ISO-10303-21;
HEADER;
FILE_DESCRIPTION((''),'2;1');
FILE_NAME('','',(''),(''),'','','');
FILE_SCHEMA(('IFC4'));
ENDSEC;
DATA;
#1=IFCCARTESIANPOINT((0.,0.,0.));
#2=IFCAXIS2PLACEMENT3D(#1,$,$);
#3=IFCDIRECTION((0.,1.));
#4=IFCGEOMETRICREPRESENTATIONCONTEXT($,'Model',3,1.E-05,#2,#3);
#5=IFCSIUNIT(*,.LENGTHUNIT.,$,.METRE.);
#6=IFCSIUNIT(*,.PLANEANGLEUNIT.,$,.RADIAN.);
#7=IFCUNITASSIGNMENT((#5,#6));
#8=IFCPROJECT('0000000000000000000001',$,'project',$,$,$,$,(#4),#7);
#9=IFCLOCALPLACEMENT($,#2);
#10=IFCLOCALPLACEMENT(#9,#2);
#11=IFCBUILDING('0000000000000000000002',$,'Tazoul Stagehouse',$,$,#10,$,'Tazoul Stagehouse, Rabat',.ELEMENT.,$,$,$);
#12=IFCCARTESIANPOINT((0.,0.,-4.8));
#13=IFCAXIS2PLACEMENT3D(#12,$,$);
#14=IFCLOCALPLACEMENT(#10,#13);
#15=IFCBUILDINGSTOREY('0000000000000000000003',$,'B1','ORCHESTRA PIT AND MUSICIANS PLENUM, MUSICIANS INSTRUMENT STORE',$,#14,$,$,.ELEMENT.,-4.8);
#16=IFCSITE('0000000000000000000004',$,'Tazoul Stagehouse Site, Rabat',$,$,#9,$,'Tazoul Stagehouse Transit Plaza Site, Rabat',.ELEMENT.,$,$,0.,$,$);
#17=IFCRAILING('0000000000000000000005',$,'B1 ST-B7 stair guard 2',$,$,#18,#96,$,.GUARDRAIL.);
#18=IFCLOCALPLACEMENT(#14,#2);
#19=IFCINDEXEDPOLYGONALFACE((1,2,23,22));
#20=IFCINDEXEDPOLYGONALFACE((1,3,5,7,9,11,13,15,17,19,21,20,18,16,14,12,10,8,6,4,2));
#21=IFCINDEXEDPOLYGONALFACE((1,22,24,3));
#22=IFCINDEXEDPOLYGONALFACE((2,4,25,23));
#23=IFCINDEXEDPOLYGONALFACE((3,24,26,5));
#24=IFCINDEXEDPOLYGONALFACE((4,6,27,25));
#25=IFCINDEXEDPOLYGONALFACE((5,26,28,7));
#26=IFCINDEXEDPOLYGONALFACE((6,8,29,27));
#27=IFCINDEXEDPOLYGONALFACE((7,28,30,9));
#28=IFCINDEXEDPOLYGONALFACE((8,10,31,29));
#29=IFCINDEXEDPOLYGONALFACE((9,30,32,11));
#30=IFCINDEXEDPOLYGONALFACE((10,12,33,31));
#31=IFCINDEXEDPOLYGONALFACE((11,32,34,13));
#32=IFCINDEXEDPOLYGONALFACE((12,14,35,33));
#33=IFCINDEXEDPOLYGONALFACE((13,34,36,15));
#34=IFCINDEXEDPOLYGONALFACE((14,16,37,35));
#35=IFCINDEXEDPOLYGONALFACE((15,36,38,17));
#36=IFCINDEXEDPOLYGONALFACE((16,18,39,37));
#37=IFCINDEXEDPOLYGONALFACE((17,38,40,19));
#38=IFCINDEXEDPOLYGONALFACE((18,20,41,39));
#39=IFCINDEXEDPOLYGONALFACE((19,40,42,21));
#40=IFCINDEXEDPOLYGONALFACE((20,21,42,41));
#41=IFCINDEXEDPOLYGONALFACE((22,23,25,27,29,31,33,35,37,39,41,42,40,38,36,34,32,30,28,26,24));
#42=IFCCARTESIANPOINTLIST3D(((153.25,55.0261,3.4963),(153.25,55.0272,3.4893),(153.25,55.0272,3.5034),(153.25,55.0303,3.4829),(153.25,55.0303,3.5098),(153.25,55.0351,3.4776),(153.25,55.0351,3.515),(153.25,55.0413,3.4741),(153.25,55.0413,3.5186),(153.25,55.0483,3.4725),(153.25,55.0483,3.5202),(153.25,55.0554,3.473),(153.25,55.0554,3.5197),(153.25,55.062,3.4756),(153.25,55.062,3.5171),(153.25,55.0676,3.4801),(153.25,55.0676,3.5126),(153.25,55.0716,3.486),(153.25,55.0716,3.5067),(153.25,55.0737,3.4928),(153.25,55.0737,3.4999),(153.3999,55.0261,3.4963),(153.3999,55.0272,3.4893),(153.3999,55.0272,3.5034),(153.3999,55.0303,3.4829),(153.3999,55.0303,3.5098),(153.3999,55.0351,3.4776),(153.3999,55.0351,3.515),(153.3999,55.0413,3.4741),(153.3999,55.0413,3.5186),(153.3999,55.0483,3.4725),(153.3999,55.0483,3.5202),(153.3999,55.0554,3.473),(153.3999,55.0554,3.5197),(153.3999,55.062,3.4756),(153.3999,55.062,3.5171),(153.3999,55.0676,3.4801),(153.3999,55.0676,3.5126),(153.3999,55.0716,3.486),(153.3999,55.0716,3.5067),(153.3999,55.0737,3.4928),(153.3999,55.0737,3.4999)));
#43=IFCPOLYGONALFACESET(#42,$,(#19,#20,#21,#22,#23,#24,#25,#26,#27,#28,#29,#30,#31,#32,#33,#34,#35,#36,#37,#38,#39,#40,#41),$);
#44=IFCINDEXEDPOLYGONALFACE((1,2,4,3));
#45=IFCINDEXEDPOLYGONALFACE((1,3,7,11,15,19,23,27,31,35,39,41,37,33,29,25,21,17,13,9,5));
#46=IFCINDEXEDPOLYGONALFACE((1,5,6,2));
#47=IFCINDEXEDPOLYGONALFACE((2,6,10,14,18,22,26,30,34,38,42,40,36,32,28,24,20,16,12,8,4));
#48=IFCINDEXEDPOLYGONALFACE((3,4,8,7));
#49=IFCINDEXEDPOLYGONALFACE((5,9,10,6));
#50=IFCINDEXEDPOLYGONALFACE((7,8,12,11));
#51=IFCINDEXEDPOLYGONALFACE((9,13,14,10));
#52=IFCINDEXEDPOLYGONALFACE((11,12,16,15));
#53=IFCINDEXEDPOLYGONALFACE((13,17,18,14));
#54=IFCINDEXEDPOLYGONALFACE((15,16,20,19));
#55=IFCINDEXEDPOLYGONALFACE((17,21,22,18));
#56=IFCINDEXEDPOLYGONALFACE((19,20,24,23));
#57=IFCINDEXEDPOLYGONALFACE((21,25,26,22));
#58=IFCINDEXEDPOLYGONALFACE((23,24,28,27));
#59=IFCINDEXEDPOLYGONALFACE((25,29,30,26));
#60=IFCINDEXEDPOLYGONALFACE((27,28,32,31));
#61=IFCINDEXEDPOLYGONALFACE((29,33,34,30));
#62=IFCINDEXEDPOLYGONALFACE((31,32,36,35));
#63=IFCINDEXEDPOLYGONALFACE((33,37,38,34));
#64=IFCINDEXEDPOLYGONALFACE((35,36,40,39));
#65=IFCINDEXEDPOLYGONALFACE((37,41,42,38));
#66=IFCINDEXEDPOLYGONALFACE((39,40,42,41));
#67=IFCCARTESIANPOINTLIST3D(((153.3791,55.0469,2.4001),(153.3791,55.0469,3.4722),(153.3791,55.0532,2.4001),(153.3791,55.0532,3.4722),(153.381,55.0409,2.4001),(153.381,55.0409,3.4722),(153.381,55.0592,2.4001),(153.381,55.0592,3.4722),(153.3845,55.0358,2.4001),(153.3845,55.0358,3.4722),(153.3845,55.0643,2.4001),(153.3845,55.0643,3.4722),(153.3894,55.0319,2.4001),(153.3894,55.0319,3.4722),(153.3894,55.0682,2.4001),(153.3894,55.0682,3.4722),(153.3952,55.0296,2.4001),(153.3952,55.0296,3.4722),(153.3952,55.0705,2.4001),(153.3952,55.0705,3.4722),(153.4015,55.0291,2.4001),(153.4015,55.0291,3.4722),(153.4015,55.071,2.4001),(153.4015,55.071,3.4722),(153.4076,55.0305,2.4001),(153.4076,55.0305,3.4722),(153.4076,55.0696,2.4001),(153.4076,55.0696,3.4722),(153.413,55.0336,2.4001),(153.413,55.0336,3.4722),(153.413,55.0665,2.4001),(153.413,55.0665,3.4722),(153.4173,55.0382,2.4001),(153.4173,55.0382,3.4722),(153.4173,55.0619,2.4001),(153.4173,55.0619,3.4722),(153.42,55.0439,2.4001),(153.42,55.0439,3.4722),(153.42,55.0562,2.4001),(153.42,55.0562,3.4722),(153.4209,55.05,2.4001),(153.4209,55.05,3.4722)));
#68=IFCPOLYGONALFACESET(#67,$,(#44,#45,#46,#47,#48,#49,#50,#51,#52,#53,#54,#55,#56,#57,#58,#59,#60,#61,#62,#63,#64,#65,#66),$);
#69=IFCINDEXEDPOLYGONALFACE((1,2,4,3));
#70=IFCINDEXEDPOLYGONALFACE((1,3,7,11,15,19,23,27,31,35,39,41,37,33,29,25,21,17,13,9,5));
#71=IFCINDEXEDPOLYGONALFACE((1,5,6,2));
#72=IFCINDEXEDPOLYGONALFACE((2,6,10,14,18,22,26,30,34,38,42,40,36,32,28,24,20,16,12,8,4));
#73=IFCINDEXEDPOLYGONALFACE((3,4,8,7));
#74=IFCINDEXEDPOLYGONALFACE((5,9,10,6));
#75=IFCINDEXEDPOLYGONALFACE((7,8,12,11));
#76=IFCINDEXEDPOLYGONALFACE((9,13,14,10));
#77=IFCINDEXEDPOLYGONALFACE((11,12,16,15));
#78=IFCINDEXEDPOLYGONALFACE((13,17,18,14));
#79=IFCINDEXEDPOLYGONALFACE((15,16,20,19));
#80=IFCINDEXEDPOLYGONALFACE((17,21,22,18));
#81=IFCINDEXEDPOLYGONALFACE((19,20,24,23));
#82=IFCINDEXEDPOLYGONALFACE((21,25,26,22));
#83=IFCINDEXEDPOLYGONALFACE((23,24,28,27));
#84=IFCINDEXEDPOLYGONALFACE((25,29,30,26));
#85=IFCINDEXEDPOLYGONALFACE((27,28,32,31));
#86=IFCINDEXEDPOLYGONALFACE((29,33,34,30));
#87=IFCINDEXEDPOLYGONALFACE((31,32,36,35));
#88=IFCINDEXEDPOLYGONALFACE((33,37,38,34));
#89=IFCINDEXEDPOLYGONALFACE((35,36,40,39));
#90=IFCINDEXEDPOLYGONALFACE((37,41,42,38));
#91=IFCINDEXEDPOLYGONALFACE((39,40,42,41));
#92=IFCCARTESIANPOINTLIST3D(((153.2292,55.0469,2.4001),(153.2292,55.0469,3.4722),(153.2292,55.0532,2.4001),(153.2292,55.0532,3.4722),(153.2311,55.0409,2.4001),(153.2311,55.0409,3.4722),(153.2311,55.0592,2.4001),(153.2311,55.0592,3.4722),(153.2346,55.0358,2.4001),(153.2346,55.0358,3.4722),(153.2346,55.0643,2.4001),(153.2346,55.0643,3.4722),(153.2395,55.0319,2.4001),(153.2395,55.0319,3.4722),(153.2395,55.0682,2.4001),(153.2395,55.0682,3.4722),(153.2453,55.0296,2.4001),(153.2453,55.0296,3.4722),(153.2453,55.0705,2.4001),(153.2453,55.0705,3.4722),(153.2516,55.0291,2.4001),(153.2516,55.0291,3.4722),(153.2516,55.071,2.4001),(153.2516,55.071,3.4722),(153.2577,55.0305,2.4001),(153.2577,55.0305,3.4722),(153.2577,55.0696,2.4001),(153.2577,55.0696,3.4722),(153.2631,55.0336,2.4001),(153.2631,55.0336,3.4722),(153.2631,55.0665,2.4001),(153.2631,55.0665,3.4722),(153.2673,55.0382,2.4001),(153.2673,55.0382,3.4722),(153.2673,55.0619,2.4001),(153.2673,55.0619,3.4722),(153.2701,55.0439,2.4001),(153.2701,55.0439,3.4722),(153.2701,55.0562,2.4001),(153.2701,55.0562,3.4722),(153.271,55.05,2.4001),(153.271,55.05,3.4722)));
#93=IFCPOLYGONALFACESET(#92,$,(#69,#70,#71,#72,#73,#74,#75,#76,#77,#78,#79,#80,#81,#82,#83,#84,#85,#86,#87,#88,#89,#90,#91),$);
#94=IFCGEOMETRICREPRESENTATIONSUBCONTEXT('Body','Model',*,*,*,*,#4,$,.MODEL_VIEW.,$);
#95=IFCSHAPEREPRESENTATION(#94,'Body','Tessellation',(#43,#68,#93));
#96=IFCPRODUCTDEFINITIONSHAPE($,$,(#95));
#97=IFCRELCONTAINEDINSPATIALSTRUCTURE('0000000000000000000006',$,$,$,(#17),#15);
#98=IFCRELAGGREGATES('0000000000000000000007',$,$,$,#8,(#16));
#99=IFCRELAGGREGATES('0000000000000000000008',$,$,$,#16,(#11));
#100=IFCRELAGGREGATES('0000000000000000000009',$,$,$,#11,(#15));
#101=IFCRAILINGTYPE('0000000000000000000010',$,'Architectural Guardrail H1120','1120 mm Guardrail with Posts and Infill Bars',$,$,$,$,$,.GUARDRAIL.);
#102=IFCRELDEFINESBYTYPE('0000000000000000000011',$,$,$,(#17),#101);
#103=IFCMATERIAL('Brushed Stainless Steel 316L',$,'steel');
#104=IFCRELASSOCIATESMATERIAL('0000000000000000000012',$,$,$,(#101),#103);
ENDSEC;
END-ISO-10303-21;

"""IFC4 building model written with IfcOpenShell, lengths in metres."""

from ifc_helpers import new_model, si_unit, direction, frame, origin, origin_2d, place, context, subcontext, project, spatial, circle, extrude, material, material_profile, profile_set, type_object, element, save


model = new_model("IFC4")

# Units and contexts
model_context = context("Model", 3, precision=1e-05, world=origin(), true_north=direction((0.0, 1.0)))
body_context = subcontext(model_context, "Body", "Model", "MODEL_VIEW")
ifc_project = project(units=[si_unit("LENGTHUNIT", "METRE"), si_unit("PLANEANGLEUNIT", "RADIAN")], contexts=[model_context])

# Site, building, storey
site_placement = place(None, origin())
site = spatial("IfcSite", under=ifc_project, at=site_placement, Name="Tazoul Stagehouse Site, Rabat", LongName="Tazoul Stagehouse Transit Plaza Site, Rabat", CompositionType="ELEMENT", RefElevation=0.0)
building_placement = place(site_placement, origin())
building = spatial("IfcBuilding", under=site, at=building_placement, Name="Tazoul Stagehouse", LongName="Tazoul Stagehouse, Rabat", CompositionType="ELEMENT")
storey_placement = place(building_placement, frame((0.0, 0.0, -4.8)))
storey = spatial("IfcBuildingStorey", under=building, at=storey_placement, Name="B1", Description="ORCHESTRA PIT AND MUSICIANS PLENUM, MUSICIANS INSTRUMENT STORE", CompositionType="ELEMENT", Elevation=-4.8)

# Railing
ifc_material_1 = material(Name="Brushed Stainless Steel 316L", Category="steel")
ifc_material_profile_1 = material_profile(ifc_material_1, circle(Radius=0.0239, at=origin_2d()), Name="SS RAIL D48")
ifc_profile_set_1 = profile_set([ifc_material_profile_1], Name="Brushed Stainless Steel 316L")
railing_type_1 = type_object("IfcRailingType", Name="Architectural Guardrail H1120", Description="1120 mm Guardrail with Posts and Infill Bars", PredefinedType="GUARDRAIL", material=ifc_profile_set_1)
railing_1_placement = place(storey_placement, frame((153.3999, 55.05, 2.4001)))
element("IfcRailing", 1, at=railing_1_placement, inside=storey, type_object=railing_type_1, Name="B1 ST-B7 stair guard 2", PredefinedType="GUARDRAIL", context=body_context, shape_type="SweptSolid", body=[
    extrude(circle(Radius=0.0239, at=origin_2d()), frame((0.0, 0.0, 1.0962), z_axis=(-1.0, 0.0, 0.0), x_axis=(0.0, -1.0, 0.0)), (0.0, 0.0, 1.0), 0.1499),
    extrude(circle(Radius=0.021, at=origin_2d()), origin(), (0.0, 0.0, 1.0), 1.072),
    extrude(circle(Radius=0.021, at=origin_2d()), frame((-0.1499, 0.0, 0.0)), (0.0, 0.0, 1.0), 1.072),
])

save(model, "model.ifc")
